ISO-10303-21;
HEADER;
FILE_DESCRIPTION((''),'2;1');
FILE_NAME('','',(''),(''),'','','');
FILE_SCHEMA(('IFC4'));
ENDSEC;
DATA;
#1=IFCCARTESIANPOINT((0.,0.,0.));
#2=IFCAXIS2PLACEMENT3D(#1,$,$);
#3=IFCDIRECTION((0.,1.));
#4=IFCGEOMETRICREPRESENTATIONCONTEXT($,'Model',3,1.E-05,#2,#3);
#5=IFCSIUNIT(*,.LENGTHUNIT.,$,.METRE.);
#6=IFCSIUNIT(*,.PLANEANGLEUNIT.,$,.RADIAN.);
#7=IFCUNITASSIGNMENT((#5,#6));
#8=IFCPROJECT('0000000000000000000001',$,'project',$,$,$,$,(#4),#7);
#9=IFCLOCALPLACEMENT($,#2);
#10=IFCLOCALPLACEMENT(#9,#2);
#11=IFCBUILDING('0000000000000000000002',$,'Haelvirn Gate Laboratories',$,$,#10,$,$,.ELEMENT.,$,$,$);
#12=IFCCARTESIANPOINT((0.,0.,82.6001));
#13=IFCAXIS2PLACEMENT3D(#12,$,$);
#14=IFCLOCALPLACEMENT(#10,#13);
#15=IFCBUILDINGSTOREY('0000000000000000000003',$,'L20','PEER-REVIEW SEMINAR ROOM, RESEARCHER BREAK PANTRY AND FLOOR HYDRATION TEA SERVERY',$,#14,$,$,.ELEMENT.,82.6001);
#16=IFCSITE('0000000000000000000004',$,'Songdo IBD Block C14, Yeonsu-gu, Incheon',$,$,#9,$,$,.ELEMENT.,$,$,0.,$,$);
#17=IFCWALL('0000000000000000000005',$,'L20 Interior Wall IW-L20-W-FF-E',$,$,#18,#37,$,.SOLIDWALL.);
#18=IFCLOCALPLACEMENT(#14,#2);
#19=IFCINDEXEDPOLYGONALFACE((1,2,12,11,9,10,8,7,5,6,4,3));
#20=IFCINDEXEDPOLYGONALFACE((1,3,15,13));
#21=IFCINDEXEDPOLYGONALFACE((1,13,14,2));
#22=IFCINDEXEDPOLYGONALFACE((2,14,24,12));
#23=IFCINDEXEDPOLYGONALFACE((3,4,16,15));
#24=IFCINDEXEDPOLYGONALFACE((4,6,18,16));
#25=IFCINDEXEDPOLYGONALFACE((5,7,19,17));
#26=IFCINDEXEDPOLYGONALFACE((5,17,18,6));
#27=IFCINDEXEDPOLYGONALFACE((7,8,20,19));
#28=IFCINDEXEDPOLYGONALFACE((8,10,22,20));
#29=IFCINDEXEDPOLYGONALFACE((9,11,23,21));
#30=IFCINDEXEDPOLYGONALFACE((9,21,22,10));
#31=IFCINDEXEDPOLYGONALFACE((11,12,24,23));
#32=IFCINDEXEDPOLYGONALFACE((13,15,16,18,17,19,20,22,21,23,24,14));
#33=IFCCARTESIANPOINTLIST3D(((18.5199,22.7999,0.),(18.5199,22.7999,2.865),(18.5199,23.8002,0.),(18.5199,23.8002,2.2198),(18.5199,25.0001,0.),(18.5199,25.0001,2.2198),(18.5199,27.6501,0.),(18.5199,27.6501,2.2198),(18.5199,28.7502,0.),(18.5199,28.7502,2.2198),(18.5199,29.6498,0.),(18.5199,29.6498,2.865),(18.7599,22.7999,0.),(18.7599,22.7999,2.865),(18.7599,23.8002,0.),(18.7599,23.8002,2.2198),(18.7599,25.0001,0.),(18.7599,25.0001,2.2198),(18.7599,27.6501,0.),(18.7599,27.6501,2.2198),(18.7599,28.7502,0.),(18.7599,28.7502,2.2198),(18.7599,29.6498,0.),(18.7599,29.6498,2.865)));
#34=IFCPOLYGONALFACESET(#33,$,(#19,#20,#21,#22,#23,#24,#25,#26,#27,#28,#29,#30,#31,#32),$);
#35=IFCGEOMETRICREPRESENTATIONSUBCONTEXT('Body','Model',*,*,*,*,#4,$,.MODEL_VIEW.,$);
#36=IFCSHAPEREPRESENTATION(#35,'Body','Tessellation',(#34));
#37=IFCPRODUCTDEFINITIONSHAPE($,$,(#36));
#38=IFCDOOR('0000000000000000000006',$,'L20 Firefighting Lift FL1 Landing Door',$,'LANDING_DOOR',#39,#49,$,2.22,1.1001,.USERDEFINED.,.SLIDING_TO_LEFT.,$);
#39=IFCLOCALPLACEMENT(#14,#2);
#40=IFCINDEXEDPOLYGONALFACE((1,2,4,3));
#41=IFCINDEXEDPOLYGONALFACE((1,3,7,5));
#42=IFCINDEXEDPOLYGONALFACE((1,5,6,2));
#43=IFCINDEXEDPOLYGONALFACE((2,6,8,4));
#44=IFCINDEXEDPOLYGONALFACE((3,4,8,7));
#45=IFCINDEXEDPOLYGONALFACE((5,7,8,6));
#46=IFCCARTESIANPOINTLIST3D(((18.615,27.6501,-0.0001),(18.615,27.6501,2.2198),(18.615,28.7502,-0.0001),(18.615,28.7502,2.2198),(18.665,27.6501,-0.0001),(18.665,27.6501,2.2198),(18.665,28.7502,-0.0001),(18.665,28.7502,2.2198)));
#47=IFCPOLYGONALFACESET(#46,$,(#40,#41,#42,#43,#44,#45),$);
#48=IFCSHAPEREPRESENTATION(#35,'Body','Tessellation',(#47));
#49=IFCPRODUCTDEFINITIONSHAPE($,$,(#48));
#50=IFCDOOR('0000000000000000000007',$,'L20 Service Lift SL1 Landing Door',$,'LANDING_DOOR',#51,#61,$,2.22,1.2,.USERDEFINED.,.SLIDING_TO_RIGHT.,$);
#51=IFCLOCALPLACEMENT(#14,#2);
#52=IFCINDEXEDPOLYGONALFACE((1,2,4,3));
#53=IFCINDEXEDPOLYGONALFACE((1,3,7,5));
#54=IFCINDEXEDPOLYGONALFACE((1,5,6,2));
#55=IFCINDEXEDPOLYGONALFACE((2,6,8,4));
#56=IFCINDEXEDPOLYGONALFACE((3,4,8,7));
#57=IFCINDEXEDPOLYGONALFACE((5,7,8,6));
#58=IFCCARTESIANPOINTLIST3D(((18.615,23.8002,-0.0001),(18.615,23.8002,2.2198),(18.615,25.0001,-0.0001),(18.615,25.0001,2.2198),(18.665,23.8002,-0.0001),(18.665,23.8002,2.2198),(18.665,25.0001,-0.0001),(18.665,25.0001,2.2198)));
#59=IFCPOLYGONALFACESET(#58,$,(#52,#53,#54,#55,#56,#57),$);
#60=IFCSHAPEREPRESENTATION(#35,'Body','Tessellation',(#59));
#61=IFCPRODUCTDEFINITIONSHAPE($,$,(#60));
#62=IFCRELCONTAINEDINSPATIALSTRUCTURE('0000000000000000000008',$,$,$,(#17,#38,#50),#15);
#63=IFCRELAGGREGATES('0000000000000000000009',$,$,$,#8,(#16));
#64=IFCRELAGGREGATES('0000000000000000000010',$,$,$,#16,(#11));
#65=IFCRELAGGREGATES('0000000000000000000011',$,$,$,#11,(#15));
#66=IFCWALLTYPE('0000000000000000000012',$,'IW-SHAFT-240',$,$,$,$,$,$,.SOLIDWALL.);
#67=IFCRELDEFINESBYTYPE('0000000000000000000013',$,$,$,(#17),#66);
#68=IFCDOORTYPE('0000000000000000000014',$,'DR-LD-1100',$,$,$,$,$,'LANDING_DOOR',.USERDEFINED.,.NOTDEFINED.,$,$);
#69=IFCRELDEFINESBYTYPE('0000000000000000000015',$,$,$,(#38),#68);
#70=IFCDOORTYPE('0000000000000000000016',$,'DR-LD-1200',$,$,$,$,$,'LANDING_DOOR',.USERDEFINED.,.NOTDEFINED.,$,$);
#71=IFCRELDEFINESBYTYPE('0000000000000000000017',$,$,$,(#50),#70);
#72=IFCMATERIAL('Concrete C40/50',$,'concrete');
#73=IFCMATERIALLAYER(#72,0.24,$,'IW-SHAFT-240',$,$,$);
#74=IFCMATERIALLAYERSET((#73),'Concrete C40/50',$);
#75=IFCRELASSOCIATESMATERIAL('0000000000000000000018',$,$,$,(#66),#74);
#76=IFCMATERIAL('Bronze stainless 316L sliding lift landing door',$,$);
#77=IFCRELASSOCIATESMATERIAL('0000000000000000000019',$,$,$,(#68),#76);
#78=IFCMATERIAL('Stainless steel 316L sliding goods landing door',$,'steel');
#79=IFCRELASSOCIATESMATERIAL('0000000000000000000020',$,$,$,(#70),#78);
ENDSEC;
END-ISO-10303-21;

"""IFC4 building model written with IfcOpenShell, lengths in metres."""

from ifc_helpers import new_model, si_unit, direction, frame, frame_2d, origin, place, context, subcontext, project, spatial, rectangle, extrude, source, transform, mapped, material, layer, layer_set, type_object, type_shapes, element, fill, save


model = new_model("IFC4")

# Units and contexts
model_context = context("Model", 3, precision=1e-05, world=origin(), true_north=direction((0.0, 1.0)))
body_context = subcontext(model_context, "Body", "Model", "MODEL_VIEW")
ifc_project = project(units=[si_unit("LENGTHUNIT", "METRE"), si_unit("PLANEANGLEUNIT", "RADIAN")], contexts=[model_context])

# Site, building, storey
site_placement = place(None, origin())
site = spatial("IfcSite", under=ifc_project, at=site_placement, Name="Songdo IBD Block C14, Yeonsu-gu, Incheon", CompositionType="ELEMENT", RefElevation=0.0)
building_placement = place(site_placement, origin())
building = spatial("IfcBuilding", under=site, at=building_placement, Name="Haelvirn Gate Laboratories", CompositionType="ELEMENT")
storey_placement = place(building_placement, frame((0.0, 0.0, 82.6001)))
storey = spatial("IfcBuildingStorey", under=building, at=storey_placement, Name="L20", Description="PEER-REVIEW SEMINAR ROOM, RESEARCHER BREAK PANTRY AND FLOOR HYDRATION TEA SERVERY", CompositionType="ELEMENT", Elevation=82.6001)

# Shared definitions
ifc_material_1 = material(Name="Concrete C40/50", Category="concrete")

# Shared definitions
ifc_layer_1 = layer(ifc_material_1, 0.24, Name="IW-SHAFT-240")
ifc_layer_set_1 = layer_set([ifc_layer_1], Name="Concrete C40/50")
wall_type_1 = type_object("IfcWallType", Name="IW-SHAFT-240", PredefinedType="SOLIDWALL", material=ifc_layer_set_1)

# Wall, openings, doors
wall_1_placement = place(storey_placement, frame((18.6399, 22.8, 0.0), z_axis=(0.0, 0.0, 1.0), x_axis=(0.0, 1.0, 0.0)))
wall_1 = element("IfcWall", 1, at=wall_1_placement, inside=storey, type_object=wall_type_1, Name="L20 Interior Wall IW-L20-W-FF-E", PredefinedType="SOLIDWALL", context=body_context, shape_type="SweptSolid", body=[
    extrude(rectangle(XDim=6.8499, YDim=0.24, at=frame_2d((3.4248, 0.0))), origin(), (0.0, 0.0, 1.0), 2.865),
])
opening_1_placement = place(wall_1_placement, frame((4.8501, 0.0, 0.0)))
opening_1 = element("IfcOpeningElement", 2, at=opening_1_placement, cuts=wall_1, PredefinedType="OPENING", context=body_context, shape_type="SweptSolid", body=[
    extrude(rectangle(XDim=1.1001, YDim=2.22, at=frame_2d((0.55, 1.1099))), frame((0.0, 0.1299, 0.0), z_axis=(0.0, -1.0, 0.0), x_axis=(1.0, 0.0, 0.0)), (0.0, 0.0, 1.0), 0.26),
])
opening_2_placement = place(wall_1_placement, frame((1.0, 0.0, 0.0)))
opening_2 = element("IfcOpeningElement", 3, at=opening_2_placement, cuts=wall_1, PredefinedType="OPENING", context=body_context, shape_type="SweptSolid", body=[
    extrude(rectangle(XDim=1.2, YDim=2.22, at=frame_2d((0.6001, 1.1099))), frame((0.0, 0.1299, 0.0), z_axis=(0.0, -1.0, 0.0), x_axis=(1.0, 0.0, 0.0)), (0.0, 0.0, 1.0), 0.26),
])
ifc_material_2 = material(Name="Bronze stainless 316L sliding lift landing door")
door_type_1 = type_object("IfcDoorType", Name="DR-LD-1100", ElementType="LANDING_DOOR", OperationType="NOTDEFINED", PredefinedType="USERDEFINED", material=ifc_material_2)
shared_shape_1 = source(origin(), body_context, "Body", "SweptSolid", [
    extrude(rectangle(XDim=1.1001, YDim=2.22, at=frame_2d((0.55, 1.1099))), frame((0.0, 0.0249, 0.0), z_axis=(0.0, -1.0, 0.0), x_axis=(1.0, 0.0, 0.0)), (0.0, 0.0, 1.0), 0.05),
])
type_shapes(door_type_1, [shared_shape_1])
door_1_placement = place(opening_1_placement, origin())
door_1 = element("IfcDoor", 4, at=door_1_placement, inside=storey, type_object=door_type_1, Name="L20 Firefighting Lift FL1 Landing Door", ObjectType="LANDING_DOOR", OperationType="SLIDING_TO_LEFT", OverallHeight=2.22, OverallWidth=1.1001, PredefinedType="USERDEFINED", context=body_context, shape_type="MappedRepresentation", body=[
    mapped(shared_shape_1, transform((0.0, 0.0, 0.0), scale=1.0)),
])
fill(opening_1, door_1)
ifc_material_3 = material(Name="Stainless steel 316L sliding goods landing door", Category="steel")
door_type_2 = type_object("IfcDoorType", Name="DR-LD-1200", ElementType="LANDING_DOOR", OperationType="NOTDEFINED", PredefinedType="USERDEFINED", material=ifc_material_3)
shared_shape_2 = source(origin(), body_context, "Body", "SweptSolid", [
    extrude(rectangle(XDim=1.2, YDim=2.22, at=frame_2d((0.6001, 1.1099))), frame((0.0, 0.0249, 0.0), z_axis=(0.0, -1.0, 0.0), x_axis=(1.0, 0.0, 0.0)), (0.0, 0.0, 1.0), 0.05),
])
type_shapes(door_type_2, [shared_shape_2])
door_2_placement = place(opening_2_placement, origin())
door_2 = element("IfcDoor", 5, at=door_2_placement, inside=storey, type_object=door_type_2, Name="L20 Service Lift SL1 Landing Door", ObjectType="LANDING_DOOR", OperationType="SLIDING_TO_RIGHT", OverallHeight=2.22, OverallWidth=1.2, PredefinedType="USERDEFINED", context=body_context, shape_type="MappedRepresentation", body=[
    mapped(shared_shape_2, transform((0.0, 0.0, 0.0), scale=1.0)),
])
fill(opening_2, door_2)

save(model, "model.ifc")
